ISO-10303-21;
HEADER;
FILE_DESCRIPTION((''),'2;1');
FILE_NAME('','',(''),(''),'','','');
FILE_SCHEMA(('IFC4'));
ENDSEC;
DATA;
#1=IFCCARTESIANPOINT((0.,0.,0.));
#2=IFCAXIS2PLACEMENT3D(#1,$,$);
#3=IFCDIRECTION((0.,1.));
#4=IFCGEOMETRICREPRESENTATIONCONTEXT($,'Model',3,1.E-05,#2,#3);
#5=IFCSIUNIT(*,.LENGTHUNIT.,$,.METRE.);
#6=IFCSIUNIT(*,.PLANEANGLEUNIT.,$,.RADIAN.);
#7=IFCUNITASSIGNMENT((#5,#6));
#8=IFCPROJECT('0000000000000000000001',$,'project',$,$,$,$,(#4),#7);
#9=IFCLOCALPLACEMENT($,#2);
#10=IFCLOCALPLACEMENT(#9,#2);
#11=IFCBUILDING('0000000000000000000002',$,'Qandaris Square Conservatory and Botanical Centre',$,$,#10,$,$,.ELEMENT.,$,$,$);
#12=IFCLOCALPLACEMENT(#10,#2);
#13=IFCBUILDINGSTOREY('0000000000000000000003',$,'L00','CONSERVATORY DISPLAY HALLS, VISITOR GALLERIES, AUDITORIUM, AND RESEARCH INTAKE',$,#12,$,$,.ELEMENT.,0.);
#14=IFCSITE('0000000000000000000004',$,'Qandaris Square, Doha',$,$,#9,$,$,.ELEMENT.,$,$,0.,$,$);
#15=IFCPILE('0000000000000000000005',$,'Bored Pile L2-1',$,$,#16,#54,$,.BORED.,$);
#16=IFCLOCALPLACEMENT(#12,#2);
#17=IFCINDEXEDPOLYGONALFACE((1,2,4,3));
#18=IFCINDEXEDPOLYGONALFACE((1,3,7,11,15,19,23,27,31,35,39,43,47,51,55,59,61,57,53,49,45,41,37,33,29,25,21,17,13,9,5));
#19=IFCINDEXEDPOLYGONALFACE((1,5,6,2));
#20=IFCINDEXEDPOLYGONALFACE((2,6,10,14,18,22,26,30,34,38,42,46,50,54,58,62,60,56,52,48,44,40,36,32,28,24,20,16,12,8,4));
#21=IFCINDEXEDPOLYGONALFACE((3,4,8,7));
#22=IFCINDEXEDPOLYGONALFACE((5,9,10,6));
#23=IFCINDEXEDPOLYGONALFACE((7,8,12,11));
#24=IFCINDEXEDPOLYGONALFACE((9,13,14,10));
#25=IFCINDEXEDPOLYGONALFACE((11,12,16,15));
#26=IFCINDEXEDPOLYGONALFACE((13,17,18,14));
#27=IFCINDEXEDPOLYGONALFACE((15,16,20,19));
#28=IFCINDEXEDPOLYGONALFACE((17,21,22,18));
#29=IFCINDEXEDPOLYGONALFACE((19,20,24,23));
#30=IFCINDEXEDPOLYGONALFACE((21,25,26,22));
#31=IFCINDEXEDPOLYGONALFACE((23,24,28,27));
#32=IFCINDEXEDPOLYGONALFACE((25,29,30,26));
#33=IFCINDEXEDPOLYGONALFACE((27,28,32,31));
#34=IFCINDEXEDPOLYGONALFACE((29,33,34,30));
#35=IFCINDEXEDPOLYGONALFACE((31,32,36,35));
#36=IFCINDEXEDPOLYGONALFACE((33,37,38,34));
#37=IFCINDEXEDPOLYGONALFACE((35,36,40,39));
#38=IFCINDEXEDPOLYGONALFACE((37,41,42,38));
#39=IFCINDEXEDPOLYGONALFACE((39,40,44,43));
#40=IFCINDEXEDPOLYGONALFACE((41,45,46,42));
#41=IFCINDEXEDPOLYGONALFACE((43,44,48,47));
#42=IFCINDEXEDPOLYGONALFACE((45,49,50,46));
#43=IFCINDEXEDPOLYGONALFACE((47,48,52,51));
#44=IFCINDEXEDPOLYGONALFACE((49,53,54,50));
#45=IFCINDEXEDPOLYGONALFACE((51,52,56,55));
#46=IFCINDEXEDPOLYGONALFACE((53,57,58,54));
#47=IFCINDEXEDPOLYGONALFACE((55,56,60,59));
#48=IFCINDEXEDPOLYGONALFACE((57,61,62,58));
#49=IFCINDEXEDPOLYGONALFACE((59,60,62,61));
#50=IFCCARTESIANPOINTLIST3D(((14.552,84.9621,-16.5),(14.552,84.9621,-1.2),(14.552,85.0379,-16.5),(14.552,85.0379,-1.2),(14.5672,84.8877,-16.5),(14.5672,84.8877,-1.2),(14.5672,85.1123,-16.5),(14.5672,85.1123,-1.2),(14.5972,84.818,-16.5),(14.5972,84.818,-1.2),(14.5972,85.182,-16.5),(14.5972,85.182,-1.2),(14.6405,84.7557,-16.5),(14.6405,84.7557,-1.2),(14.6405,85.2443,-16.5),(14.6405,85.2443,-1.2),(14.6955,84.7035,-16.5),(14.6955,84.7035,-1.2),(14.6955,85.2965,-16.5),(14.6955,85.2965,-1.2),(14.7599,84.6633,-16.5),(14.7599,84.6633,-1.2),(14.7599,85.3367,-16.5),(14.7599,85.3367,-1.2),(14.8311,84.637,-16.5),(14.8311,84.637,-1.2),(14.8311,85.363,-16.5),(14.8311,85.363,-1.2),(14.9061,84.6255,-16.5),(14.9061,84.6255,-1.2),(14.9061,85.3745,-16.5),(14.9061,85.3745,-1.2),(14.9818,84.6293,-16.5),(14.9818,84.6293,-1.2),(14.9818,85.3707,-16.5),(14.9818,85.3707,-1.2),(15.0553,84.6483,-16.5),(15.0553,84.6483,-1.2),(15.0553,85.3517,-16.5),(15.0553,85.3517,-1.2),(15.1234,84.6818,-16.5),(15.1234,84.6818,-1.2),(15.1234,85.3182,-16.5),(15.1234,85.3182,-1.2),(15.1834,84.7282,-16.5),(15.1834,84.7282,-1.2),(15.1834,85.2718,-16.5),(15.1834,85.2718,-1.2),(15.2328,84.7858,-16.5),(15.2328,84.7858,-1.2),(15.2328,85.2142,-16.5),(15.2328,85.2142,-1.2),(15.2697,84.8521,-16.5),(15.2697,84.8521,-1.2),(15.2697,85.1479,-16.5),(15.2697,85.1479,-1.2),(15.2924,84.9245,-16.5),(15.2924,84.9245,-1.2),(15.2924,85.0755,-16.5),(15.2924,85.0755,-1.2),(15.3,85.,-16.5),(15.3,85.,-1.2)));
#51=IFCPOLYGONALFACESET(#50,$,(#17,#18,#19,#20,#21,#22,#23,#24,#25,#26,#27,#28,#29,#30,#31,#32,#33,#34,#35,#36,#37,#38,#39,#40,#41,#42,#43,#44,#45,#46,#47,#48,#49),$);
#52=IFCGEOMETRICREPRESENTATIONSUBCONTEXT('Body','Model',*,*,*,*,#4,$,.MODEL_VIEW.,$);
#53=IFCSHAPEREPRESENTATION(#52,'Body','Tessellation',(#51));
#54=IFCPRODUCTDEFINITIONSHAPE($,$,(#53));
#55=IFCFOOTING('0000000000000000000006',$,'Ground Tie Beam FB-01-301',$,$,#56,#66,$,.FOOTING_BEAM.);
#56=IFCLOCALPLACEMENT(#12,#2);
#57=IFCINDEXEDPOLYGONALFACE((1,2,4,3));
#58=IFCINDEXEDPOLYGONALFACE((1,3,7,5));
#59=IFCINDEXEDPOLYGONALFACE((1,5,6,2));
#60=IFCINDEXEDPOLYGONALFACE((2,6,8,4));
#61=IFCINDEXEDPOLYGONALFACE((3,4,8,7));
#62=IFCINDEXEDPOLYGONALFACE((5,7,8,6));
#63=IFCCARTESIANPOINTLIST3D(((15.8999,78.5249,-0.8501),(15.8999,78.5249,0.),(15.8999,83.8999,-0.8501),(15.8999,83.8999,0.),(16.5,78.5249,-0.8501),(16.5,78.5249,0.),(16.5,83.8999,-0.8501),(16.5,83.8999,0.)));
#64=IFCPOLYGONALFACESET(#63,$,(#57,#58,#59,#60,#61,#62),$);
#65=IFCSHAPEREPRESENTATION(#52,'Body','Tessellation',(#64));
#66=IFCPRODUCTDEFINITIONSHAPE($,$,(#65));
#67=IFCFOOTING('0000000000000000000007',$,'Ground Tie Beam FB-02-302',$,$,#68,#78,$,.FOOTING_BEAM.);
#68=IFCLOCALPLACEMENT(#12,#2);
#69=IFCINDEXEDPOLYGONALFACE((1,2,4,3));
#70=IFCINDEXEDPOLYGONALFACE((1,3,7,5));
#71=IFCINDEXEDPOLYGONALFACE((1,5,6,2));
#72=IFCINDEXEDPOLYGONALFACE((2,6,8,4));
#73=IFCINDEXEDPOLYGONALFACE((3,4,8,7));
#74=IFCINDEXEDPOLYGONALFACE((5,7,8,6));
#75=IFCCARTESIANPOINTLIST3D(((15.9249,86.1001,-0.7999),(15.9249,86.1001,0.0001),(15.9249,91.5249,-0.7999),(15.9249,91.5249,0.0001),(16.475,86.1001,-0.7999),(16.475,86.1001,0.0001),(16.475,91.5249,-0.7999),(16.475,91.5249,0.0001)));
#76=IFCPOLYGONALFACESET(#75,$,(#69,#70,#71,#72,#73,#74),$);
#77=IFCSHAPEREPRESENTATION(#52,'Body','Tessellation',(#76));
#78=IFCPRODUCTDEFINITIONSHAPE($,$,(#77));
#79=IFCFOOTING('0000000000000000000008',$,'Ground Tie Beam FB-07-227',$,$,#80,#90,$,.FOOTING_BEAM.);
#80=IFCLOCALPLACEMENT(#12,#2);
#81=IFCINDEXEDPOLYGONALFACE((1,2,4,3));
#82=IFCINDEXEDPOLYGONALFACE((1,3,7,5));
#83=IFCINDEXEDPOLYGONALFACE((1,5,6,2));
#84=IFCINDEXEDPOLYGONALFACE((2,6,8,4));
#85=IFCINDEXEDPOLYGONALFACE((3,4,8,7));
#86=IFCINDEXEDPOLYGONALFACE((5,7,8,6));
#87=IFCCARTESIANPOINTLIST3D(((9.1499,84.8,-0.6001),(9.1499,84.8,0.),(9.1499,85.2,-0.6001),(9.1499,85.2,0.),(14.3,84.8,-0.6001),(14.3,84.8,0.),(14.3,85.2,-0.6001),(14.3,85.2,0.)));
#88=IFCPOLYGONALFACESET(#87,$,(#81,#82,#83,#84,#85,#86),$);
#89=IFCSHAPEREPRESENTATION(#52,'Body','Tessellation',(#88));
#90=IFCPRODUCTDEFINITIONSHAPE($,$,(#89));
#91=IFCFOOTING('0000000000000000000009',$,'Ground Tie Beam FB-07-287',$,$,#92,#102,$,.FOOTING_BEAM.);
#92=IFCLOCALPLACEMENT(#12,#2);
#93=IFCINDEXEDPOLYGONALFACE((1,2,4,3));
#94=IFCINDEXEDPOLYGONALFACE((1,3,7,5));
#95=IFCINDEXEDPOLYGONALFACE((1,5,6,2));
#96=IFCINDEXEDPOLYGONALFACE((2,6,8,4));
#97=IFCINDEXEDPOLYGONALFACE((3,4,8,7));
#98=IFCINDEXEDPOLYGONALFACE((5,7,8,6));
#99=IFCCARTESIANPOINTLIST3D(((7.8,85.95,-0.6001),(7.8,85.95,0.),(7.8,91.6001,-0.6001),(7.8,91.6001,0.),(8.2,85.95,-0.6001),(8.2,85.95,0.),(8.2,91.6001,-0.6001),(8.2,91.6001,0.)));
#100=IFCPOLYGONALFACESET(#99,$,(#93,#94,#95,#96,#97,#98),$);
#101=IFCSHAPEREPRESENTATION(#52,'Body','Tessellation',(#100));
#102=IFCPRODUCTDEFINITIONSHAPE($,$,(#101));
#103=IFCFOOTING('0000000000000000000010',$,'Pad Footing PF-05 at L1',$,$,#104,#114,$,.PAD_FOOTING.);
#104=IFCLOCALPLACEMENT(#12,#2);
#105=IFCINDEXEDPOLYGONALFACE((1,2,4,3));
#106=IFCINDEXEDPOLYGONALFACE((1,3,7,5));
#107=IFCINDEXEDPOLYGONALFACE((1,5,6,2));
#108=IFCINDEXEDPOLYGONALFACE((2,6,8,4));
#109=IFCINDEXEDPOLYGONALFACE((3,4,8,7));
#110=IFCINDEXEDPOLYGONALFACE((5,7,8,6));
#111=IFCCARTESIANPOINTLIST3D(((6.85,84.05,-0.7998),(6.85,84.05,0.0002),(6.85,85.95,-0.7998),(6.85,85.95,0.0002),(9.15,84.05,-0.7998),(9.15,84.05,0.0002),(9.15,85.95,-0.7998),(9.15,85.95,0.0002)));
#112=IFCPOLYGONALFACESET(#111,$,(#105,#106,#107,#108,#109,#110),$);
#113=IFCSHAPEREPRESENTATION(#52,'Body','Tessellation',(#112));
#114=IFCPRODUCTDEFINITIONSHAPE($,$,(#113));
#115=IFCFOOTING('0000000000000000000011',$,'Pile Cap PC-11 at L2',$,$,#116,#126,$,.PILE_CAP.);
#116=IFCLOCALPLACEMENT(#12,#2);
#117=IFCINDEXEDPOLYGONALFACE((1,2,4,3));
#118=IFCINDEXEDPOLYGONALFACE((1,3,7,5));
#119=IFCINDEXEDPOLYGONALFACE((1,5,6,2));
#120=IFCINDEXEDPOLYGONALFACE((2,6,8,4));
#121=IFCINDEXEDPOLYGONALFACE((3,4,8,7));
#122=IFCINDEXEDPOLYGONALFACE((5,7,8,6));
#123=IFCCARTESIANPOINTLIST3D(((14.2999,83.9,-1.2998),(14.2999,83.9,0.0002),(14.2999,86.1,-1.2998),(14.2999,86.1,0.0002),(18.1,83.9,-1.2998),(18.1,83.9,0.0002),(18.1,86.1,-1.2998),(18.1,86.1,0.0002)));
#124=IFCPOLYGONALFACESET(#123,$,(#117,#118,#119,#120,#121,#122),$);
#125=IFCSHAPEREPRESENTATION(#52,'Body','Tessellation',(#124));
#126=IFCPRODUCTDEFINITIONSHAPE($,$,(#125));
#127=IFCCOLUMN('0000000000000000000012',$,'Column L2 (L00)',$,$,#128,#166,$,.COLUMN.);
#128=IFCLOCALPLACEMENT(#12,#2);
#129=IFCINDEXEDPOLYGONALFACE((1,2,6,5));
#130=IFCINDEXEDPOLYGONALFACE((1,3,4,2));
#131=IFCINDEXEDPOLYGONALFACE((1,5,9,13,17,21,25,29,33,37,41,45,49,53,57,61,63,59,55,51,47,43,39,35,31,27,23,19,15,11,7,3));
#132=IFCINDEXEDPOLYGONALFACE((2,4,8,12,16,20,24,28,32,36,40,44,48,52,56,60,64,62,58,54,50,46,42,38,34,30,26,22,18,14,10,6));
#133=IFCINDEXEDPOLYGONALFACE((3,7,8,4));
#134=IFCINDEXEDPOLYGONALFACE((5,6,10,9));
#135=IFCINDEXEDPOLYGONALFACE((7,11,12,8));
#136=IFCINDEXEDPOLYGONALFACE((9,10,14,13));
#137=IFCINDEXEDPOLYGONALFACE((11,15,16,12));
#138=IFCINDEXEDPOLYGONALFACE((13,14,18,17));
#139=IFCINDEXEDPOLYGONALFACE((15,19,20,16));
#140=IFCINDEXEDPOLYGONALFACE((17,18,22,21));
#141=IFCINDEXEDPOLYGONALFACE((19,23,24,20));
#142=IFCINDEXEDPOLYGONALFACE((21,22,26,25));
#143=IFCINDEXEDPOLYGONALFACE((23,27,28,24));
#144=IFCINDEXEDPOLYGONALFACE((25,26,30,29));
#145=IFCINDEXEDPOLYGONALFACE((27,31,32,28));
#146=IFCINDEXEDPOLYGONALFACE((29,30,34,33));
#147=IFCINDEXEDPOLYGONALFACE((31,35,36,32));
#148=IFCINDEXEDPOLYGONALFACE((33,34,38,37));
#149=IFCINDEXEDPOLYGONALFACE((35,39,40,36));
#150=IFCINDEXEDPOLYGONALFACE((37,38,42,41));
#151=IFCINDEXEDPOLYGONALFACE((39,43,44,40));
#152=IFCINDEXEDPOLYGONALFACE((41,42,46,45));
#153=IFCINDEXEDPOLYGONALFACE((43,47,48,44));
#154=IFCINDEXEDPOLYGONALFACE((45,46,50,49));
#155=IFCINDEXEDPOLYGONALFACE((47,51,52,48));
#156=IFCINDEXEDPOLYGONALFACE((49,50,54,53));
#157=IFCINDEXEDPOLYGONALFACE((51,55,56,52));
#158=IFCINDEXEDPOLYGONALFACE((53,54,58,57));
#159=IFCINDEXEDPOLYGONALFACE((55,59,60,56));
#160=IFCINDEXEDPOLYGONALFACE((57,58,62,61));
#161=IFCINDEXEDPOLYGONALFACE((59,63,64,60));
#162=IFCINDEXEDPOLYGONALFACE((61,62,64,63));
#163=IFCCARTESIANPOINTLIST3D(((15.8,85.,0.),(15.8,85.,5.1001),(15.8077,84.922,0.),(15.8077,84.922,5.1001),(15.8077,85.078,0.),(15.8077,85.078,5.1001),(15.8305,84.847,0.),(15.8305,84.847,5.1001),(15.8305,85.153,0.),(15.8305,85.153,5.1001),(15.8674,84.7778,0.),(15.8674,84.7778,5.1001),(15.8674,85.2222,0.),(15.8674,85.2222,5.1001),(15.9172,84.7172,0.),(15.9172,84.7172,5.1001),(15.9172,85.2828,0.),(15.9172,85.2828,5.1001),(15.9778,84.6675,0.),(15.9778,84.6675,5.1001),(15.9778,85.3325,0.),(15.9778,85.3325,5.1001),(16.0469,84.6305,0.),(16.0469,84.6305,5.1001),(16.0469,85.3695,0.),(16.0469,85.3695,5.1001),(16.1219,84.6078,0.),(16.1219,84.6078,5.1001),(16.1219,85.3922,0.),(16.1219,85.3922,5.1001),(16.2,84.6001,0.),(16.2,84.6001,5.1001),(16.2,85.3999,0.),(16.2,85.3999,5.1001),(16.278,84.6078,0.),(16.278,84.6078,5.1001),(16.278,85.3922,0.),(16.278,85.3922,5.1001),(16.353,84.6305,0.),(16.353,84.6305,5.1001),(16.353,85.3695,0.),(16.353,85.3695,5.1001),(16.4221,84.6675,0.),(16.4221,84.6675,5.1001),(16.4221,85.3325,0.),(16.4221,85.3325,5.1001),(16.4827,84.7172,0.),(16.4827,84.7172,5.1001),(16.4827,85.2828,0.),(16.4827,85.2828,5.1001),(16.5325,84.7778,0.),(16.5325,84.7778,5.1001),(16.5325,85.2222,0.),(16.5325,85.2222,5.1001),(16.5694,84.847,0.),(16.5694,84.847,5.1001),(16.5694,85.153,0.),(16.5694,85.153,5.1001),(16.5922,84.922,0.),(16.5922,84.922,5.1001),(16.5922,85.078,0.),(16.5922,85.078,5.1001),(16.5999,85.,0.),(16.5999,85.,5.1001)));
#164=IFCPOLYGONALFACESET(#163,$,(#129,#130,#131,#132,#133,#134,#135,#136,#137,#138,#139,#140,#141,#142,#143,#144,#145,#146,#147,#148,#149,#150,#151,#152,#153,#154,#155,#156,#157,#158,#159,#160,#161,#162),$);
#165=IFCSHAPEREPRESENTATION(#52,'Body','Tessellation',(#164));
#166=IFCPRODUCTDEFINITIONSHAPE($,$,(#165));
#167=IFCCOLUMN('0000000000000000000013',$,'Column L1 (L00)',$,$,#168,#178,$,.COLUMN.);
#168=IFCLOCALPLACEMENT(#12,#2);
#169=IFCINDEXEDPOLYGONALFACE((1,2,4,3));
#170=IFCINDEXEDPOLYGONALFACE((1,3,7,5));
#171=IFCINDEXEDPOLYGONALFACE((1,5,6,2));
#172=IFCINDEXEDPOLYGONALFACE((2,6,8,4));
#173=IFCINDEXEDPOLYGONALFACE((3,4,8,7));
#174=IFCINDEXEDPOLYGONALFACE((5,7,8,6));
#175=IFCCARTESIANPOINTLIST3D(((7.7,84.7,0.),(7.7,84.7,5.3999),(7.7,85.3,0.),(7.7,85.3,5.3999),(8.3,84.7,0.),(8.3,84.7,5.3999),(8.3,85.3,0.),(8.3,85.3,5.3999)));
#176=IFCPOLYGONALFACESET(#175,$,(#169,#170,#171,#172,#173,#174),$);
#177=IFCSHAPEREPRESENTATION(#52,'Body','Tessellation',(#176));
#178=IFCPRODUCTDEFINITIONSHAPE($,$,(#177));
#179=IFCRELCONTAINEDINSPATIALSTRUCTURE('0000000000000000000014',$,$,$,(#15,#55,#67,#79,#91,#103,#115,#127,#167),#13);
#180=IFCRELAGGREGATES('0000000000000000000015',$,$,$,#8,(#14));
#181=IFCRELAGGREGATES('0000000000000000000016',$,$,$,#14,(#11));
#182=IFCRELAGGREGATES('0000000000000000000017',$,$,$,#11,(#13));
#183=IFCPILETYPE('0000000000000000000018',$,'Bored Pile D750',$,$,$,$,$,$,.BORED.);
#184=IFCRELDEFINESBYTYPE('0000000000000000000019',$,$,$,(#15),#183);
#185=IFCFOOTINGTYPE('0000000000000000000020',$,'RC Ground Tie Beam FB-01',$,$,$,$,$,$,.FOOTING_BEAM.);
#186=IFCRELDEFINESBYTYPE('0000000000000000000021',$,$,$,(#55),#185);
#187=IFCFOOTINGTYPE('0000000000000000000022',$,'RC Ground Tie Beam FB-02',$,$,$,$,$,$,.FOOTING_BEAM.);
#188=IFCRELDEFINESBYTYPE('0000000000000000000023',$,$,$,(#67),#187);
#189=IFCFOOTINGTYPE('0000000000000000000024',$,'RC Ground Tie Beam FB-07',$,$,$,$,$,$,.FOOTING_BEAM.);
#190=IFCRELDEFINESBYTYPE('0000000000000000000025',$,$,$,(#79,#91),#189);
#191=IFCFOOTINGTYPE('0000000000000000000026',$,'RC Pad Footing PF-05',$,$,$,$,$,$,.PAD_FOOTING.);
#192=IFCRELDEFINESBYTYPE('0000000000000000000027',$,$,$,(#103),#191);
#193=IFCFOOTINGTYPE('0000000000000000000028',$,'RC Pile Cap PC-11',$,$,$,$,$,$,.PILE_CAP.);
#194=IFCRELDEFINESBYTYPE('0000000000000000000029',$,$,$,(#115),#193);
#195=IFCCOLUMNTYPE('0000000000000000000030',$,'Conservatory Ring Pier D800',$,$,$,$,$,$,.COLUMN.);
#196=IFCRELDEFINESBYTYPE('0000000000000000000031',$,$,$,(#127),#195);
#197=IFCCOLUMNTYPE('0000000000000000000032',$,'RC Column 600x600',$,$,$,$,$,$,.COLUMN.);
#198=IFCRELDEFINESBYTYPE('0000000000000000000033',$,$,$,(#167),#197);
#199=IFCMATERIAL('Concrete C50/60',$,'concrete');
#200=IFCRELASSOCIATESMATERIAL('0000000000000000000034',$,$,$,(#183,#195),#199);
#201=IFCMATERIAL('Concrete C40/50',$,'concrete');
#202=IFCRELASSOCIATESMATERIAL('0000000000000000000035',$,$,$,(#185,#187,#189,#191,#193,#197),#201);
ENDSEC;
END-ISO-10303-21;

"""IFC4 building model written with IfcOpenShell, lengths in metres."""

from ifc_helpers import new_model, si_unit, direction, frame, origin, origin_2d, place, context, subcontext, project, spatial, rectangle, circle, extrude, material, material_profile, profile_set, type_object, element, save


model = new_model("IFC4")

# Units and contexts
model_context = context("Model", 3, precision=1e-05, world=origin(), true_north=direction((0.0, 1.0)))
body_context = subcontext(model_context, "Body", "Model", "MODEL_VIEW")
ifc_project = project(units=[si_unit("LENGTHUNIT", "METRE"), si_unit("PLANEANGLEUNIT", "RADIAN")], contexts=[model_context])

# Site, building, storey
site_placement = place(None, origin())
site = spatial("IfcSite", under=ifc_project, at=site_placement, Name="Qandaris Square, Doha", CompositionType="ELEMENT", RefElevation=0.0)
building_placement = place(site_placement, origin())
building = spatial("IfcBuilding", under=site, at=building_placement, Name="Qandaris Square Conservatory and Botanical Centre", CompositionType="ELEMENT")
storey_placement = place(building_placement, origin())
storey = spatial("IfcBuildingStorey", under=building, at=storey_placement, Name="L00", Description="CONSERVATORY DISPLAY HALLS, VISITOR GALLERIES, AUDITORIUM, AND RESEARCH INTAKE", CompositionType="ELEMENT", Elevation=0.0)

# Pile
ifc_material_1 = material(Name="Concrete C50/60", Category="concrete")
ifc_material_profile_1 = material_profile(ifc_material_1, circle(Radius=0.375, at=origin_2d()), Name="PILE D750")
ifc_profile_set_1 = profile_set([ifc_material_profile_1], Name="Concrete C50/60")
pile_type = type_object("IfcPileType", Name="Bored Pile D750", PredefinedType="BORED", material=ifc_profile_set_1)
pile_placement = place(storey_placement, frame((14.925, 85.0, -1.2), z_axis=(0.0, 0.0, -1.0), x_axis=(1.0, 0.0, 0.0)))
element("IfcPile", 1, at=pile_placement, inside=storey, type_object=pile_type, Name="Bored Pile L2-1", PredefinedType="BORED", context=body_context, shape_type="SweptSolid", body=[
    extrude(circle(Radius=0.375, at=origin_2d()), origin(), (0.0, 0.0, 1.0), 15.3),
])

# Footings
ifc_material_2 = material(Name="Concrete C40/50", Category="concrete")
ifc_material_profile_2 = material_profile(ifc_material_2, rectangle(XDim=0.6001, YDim=0.8501, at=origin_2d()), Name="FB 600x850")
ifc_profile_set_2 = profile_set([ifc_material_profile_2], Name="Concrete C40/50")
footing_type_1 = type_object("IfcFootingType", Name="RC Ground Tie Beam FB-01", PredefinedType="FOOTING_BEAM", material=ifc_profile_set_2)
footing_1_placement = place(storey_placement, frame((16.2, 78.5249, -0.425), z_axis=(0.0, 1.0, 0.0), x_axis=(-1.0, 0.0, 0.0)))
element("IfcFooting", 2, at=footing_1_placement, inside=storey, type_object=footing_type_1, Name="Ground Tie Beam FB-01-301", PredefinedType="FOOTING_BEAM", context=body_context, shape_type="SweptSolid", body=[
    extrude(rectangle(XDim=0.6001, YDim=0.8501, at=origin_2d()), origin(), (0.0, 0.0, 1.0), 5.375),
])
ifc_material_profile_3 = material_profile(ifc_material_2, rectangle(XDim=0.55, YDim=0.8, at=origin_2d()), Name="FB 550x800")
ifc_profile_set_3 = profile_set([ifc_material_profile_3], Name="Concrete C40/50")
footing_type_2 = type_object("IfcFootingType", Name="RC Ground Tie Beam FB-02", PredefinedType="FOOTING_BEAM", material=ifc_profile_set_3)
footing_2_placement = place(storey_placement, frame((16.2, 86.1001, -0.3999), z_axis=(0.0, 1.0, 0.0), x_axis=(-1.0, 0.0, 0.0)))
element("IfcFooting", 3, at=footing_2_placement, inside=storey, type_object=footing_type_2, Name="Ground Tie Beam FB-02-302", PredefinedType="FOOTING_BEAM", context=body_context, shape_type="SweptSolid", body=[
    extrude(rectangle(XDim=0.55, YDim=0.8, at=origin_2d()), origin(), (0.0, 0.0, 1.0), 5.4248),
])
ifc_material_profile_4 = material_profile(ifc_material_2, rectangle(XDim=0.3999, YDim=0.6001, at=origin_2d()), Name="FB 400x600")
ifc_profile_set_4 = profile_set([ifc_material_profile_4], Name="Concrete C40/50")
footing_type_3 = type_object("IfcFootingType", Name="RC Ground Tie Beam FB-07", PredefinedType="FOOTING_BEAM", material=ifc_profile_set_4)
footing_3_placement = place(storey_placement, frame((9.1499, 85.0, -0.3), z_axis=(1.0, 0.0, 0.0), x_axis=(0.0, 1.0, 0.0)))
element("IfcFooting", 4, at=footing_3_placement, inside=storey, type_object=footing_type_3, Name="Ground Tie Beam FB-07-227", PredefinedType="FOOTING_BEAM", context=body_context, shape_type="SweptSolid", body=[
    extrude(rectangle(XDim=0.3999, YDim=0.6001, at=origin_2d()), origin(), (0.0, 0.0, 1.0), 5.1501),
])
footing_4_placement = place(storey_placement, frame((8.0, 85.95, -0.3), z_axis=(0.0, 1.0, 0.0), x_axis=(-1.0, 0.0, 0.0)))
element("IfcFooting", 5, at=footing_4_placement, inside=storey, type_object=footing_type_3, Name="Ground Tie Beam FB-07-287", PredefinedType="FOOTING_BEAM", context=body_context, shape_type="SweptSolid", body=[
    extrude(rectangle(XDim=0.3999, YDim=0.6001, at=origin_2d()), origin(), (0.0, 0.0, 1.0), 5.6501),
])
footing_type_4 = type_object("IfcFootingType", Name="RC Pad Footing PF-05", PredefinedType="PAD_FOOTING", material=ifc_material_2)
footing_5_placement = place(storey_placement, frame((8.0, 85.0, -0.7998), z_axis=(0.0, 0.0, 1.0), x_axis=(1.0, 0.0, 0.0)))
element("IfcFooting", 6, at=footing_5_placement, inside=storey, type_object=footing_type_4, Name="Pad Footing PF-05 at L1", PredefinedType="PAD_FOOTING", context=body_context, shape_type="SweptSolid", body=[
    extrude(rectangle(XDim=2.3, YDim=1.8999, at=origin_2d()), origin(), (0.0, 0.0, 1.0), 0.8),
])
footing_type_5 = type_object("IfcFootingType", Name="RC Pile Cap PC-11", PredefinedType="PILE_CAP", material=ifc_material_2)
footing_6_placement = place(storey_placement, frame((16.2, 85.0, -1.2998), z_axis=(0.0, 0.0, 1.0), x_axis=(1.0, 0.0, 0.0)))
element("IfcFooting", 7, at=footing_6_placement, inside=storey, type_object=footing_type_5, Name="Pile Cap PC-11 at L2", PredefinedType="PILE_CAP", context=body_context, shape_type="SweptSolid", body=[
    extrude(rectangle(XDim=3.8, YDim=2.2, at=origin_2d()), origin(), (0.0, 0.0, 1.0), 1.3),
])

# Columns
ifc_material_profile_5 = material_profile(ifc_material_1, circle(Radius=0.3999, at=origin_2d()), Name="RC-COL D800")
ifc_profile_set_5 = profile_set([ifc_material_profile_5], Name="Concrete C50/60")
column_type_1 = type_object("IfcColumnType", Name="Conservatory Ring Pier D800", PredefinedType="COLUMN", material=ifc_profile_set_5)
column_1_placement = place(storey_placement, frame((16.2, 85.0, 0.0), z_axis=(0.0, 0.0, 1.0), x_axis=(1.0, 0.0, 0.0)))
element("IfcColumn", 8, at=column_1_placement, inside=storey, type_object=column_type_1, Name="Column L2 (L00)", PredefinedType="COLUMN", context=body_context, shape_type="SweptSolid", body=[
    extrude(circle(Radius=0.3999, at=origin_2d()), origin(), (0.0, 0.0, 1.0), 5.1001),
])
ifc_material_profile_6 = material_profile(ifc_material_2, rectangle(XDim=0.6001, YDim=0.6001, at=origin_2d()), Name="RC-COL 600x600")
ifc_profile_set_6 = profile_set([ifc_material_profile_6], Name="Concrete C40/50")
column_type_2 = type_object("IfcColumnType", Name="RC Column 600x600", PredefinedType="COLUMN", material=ifc_profile_set_6)
column_2_placement = place(storey_placement, frame((8.0, 85.0, 0.0), z_axis=(0.0, 0.0, 1.0), x_axis=(1.0, 0.0, 0.0)))
element("IfcColumn", 9, at=column_2_placement, inside=storey, type_object=column_type_2, Name="Column L1 (L00)", PredefinedType="COLUMN", context=body_context, shape_type="SweptSolid", body=[
    extrude(rectangle(XDim=0.6001, YDim=0.6001, at=origin_2d()), origin(), (0.0, 0.0, 1.0), 5.3999),
])

save(model, "model.ifc")
